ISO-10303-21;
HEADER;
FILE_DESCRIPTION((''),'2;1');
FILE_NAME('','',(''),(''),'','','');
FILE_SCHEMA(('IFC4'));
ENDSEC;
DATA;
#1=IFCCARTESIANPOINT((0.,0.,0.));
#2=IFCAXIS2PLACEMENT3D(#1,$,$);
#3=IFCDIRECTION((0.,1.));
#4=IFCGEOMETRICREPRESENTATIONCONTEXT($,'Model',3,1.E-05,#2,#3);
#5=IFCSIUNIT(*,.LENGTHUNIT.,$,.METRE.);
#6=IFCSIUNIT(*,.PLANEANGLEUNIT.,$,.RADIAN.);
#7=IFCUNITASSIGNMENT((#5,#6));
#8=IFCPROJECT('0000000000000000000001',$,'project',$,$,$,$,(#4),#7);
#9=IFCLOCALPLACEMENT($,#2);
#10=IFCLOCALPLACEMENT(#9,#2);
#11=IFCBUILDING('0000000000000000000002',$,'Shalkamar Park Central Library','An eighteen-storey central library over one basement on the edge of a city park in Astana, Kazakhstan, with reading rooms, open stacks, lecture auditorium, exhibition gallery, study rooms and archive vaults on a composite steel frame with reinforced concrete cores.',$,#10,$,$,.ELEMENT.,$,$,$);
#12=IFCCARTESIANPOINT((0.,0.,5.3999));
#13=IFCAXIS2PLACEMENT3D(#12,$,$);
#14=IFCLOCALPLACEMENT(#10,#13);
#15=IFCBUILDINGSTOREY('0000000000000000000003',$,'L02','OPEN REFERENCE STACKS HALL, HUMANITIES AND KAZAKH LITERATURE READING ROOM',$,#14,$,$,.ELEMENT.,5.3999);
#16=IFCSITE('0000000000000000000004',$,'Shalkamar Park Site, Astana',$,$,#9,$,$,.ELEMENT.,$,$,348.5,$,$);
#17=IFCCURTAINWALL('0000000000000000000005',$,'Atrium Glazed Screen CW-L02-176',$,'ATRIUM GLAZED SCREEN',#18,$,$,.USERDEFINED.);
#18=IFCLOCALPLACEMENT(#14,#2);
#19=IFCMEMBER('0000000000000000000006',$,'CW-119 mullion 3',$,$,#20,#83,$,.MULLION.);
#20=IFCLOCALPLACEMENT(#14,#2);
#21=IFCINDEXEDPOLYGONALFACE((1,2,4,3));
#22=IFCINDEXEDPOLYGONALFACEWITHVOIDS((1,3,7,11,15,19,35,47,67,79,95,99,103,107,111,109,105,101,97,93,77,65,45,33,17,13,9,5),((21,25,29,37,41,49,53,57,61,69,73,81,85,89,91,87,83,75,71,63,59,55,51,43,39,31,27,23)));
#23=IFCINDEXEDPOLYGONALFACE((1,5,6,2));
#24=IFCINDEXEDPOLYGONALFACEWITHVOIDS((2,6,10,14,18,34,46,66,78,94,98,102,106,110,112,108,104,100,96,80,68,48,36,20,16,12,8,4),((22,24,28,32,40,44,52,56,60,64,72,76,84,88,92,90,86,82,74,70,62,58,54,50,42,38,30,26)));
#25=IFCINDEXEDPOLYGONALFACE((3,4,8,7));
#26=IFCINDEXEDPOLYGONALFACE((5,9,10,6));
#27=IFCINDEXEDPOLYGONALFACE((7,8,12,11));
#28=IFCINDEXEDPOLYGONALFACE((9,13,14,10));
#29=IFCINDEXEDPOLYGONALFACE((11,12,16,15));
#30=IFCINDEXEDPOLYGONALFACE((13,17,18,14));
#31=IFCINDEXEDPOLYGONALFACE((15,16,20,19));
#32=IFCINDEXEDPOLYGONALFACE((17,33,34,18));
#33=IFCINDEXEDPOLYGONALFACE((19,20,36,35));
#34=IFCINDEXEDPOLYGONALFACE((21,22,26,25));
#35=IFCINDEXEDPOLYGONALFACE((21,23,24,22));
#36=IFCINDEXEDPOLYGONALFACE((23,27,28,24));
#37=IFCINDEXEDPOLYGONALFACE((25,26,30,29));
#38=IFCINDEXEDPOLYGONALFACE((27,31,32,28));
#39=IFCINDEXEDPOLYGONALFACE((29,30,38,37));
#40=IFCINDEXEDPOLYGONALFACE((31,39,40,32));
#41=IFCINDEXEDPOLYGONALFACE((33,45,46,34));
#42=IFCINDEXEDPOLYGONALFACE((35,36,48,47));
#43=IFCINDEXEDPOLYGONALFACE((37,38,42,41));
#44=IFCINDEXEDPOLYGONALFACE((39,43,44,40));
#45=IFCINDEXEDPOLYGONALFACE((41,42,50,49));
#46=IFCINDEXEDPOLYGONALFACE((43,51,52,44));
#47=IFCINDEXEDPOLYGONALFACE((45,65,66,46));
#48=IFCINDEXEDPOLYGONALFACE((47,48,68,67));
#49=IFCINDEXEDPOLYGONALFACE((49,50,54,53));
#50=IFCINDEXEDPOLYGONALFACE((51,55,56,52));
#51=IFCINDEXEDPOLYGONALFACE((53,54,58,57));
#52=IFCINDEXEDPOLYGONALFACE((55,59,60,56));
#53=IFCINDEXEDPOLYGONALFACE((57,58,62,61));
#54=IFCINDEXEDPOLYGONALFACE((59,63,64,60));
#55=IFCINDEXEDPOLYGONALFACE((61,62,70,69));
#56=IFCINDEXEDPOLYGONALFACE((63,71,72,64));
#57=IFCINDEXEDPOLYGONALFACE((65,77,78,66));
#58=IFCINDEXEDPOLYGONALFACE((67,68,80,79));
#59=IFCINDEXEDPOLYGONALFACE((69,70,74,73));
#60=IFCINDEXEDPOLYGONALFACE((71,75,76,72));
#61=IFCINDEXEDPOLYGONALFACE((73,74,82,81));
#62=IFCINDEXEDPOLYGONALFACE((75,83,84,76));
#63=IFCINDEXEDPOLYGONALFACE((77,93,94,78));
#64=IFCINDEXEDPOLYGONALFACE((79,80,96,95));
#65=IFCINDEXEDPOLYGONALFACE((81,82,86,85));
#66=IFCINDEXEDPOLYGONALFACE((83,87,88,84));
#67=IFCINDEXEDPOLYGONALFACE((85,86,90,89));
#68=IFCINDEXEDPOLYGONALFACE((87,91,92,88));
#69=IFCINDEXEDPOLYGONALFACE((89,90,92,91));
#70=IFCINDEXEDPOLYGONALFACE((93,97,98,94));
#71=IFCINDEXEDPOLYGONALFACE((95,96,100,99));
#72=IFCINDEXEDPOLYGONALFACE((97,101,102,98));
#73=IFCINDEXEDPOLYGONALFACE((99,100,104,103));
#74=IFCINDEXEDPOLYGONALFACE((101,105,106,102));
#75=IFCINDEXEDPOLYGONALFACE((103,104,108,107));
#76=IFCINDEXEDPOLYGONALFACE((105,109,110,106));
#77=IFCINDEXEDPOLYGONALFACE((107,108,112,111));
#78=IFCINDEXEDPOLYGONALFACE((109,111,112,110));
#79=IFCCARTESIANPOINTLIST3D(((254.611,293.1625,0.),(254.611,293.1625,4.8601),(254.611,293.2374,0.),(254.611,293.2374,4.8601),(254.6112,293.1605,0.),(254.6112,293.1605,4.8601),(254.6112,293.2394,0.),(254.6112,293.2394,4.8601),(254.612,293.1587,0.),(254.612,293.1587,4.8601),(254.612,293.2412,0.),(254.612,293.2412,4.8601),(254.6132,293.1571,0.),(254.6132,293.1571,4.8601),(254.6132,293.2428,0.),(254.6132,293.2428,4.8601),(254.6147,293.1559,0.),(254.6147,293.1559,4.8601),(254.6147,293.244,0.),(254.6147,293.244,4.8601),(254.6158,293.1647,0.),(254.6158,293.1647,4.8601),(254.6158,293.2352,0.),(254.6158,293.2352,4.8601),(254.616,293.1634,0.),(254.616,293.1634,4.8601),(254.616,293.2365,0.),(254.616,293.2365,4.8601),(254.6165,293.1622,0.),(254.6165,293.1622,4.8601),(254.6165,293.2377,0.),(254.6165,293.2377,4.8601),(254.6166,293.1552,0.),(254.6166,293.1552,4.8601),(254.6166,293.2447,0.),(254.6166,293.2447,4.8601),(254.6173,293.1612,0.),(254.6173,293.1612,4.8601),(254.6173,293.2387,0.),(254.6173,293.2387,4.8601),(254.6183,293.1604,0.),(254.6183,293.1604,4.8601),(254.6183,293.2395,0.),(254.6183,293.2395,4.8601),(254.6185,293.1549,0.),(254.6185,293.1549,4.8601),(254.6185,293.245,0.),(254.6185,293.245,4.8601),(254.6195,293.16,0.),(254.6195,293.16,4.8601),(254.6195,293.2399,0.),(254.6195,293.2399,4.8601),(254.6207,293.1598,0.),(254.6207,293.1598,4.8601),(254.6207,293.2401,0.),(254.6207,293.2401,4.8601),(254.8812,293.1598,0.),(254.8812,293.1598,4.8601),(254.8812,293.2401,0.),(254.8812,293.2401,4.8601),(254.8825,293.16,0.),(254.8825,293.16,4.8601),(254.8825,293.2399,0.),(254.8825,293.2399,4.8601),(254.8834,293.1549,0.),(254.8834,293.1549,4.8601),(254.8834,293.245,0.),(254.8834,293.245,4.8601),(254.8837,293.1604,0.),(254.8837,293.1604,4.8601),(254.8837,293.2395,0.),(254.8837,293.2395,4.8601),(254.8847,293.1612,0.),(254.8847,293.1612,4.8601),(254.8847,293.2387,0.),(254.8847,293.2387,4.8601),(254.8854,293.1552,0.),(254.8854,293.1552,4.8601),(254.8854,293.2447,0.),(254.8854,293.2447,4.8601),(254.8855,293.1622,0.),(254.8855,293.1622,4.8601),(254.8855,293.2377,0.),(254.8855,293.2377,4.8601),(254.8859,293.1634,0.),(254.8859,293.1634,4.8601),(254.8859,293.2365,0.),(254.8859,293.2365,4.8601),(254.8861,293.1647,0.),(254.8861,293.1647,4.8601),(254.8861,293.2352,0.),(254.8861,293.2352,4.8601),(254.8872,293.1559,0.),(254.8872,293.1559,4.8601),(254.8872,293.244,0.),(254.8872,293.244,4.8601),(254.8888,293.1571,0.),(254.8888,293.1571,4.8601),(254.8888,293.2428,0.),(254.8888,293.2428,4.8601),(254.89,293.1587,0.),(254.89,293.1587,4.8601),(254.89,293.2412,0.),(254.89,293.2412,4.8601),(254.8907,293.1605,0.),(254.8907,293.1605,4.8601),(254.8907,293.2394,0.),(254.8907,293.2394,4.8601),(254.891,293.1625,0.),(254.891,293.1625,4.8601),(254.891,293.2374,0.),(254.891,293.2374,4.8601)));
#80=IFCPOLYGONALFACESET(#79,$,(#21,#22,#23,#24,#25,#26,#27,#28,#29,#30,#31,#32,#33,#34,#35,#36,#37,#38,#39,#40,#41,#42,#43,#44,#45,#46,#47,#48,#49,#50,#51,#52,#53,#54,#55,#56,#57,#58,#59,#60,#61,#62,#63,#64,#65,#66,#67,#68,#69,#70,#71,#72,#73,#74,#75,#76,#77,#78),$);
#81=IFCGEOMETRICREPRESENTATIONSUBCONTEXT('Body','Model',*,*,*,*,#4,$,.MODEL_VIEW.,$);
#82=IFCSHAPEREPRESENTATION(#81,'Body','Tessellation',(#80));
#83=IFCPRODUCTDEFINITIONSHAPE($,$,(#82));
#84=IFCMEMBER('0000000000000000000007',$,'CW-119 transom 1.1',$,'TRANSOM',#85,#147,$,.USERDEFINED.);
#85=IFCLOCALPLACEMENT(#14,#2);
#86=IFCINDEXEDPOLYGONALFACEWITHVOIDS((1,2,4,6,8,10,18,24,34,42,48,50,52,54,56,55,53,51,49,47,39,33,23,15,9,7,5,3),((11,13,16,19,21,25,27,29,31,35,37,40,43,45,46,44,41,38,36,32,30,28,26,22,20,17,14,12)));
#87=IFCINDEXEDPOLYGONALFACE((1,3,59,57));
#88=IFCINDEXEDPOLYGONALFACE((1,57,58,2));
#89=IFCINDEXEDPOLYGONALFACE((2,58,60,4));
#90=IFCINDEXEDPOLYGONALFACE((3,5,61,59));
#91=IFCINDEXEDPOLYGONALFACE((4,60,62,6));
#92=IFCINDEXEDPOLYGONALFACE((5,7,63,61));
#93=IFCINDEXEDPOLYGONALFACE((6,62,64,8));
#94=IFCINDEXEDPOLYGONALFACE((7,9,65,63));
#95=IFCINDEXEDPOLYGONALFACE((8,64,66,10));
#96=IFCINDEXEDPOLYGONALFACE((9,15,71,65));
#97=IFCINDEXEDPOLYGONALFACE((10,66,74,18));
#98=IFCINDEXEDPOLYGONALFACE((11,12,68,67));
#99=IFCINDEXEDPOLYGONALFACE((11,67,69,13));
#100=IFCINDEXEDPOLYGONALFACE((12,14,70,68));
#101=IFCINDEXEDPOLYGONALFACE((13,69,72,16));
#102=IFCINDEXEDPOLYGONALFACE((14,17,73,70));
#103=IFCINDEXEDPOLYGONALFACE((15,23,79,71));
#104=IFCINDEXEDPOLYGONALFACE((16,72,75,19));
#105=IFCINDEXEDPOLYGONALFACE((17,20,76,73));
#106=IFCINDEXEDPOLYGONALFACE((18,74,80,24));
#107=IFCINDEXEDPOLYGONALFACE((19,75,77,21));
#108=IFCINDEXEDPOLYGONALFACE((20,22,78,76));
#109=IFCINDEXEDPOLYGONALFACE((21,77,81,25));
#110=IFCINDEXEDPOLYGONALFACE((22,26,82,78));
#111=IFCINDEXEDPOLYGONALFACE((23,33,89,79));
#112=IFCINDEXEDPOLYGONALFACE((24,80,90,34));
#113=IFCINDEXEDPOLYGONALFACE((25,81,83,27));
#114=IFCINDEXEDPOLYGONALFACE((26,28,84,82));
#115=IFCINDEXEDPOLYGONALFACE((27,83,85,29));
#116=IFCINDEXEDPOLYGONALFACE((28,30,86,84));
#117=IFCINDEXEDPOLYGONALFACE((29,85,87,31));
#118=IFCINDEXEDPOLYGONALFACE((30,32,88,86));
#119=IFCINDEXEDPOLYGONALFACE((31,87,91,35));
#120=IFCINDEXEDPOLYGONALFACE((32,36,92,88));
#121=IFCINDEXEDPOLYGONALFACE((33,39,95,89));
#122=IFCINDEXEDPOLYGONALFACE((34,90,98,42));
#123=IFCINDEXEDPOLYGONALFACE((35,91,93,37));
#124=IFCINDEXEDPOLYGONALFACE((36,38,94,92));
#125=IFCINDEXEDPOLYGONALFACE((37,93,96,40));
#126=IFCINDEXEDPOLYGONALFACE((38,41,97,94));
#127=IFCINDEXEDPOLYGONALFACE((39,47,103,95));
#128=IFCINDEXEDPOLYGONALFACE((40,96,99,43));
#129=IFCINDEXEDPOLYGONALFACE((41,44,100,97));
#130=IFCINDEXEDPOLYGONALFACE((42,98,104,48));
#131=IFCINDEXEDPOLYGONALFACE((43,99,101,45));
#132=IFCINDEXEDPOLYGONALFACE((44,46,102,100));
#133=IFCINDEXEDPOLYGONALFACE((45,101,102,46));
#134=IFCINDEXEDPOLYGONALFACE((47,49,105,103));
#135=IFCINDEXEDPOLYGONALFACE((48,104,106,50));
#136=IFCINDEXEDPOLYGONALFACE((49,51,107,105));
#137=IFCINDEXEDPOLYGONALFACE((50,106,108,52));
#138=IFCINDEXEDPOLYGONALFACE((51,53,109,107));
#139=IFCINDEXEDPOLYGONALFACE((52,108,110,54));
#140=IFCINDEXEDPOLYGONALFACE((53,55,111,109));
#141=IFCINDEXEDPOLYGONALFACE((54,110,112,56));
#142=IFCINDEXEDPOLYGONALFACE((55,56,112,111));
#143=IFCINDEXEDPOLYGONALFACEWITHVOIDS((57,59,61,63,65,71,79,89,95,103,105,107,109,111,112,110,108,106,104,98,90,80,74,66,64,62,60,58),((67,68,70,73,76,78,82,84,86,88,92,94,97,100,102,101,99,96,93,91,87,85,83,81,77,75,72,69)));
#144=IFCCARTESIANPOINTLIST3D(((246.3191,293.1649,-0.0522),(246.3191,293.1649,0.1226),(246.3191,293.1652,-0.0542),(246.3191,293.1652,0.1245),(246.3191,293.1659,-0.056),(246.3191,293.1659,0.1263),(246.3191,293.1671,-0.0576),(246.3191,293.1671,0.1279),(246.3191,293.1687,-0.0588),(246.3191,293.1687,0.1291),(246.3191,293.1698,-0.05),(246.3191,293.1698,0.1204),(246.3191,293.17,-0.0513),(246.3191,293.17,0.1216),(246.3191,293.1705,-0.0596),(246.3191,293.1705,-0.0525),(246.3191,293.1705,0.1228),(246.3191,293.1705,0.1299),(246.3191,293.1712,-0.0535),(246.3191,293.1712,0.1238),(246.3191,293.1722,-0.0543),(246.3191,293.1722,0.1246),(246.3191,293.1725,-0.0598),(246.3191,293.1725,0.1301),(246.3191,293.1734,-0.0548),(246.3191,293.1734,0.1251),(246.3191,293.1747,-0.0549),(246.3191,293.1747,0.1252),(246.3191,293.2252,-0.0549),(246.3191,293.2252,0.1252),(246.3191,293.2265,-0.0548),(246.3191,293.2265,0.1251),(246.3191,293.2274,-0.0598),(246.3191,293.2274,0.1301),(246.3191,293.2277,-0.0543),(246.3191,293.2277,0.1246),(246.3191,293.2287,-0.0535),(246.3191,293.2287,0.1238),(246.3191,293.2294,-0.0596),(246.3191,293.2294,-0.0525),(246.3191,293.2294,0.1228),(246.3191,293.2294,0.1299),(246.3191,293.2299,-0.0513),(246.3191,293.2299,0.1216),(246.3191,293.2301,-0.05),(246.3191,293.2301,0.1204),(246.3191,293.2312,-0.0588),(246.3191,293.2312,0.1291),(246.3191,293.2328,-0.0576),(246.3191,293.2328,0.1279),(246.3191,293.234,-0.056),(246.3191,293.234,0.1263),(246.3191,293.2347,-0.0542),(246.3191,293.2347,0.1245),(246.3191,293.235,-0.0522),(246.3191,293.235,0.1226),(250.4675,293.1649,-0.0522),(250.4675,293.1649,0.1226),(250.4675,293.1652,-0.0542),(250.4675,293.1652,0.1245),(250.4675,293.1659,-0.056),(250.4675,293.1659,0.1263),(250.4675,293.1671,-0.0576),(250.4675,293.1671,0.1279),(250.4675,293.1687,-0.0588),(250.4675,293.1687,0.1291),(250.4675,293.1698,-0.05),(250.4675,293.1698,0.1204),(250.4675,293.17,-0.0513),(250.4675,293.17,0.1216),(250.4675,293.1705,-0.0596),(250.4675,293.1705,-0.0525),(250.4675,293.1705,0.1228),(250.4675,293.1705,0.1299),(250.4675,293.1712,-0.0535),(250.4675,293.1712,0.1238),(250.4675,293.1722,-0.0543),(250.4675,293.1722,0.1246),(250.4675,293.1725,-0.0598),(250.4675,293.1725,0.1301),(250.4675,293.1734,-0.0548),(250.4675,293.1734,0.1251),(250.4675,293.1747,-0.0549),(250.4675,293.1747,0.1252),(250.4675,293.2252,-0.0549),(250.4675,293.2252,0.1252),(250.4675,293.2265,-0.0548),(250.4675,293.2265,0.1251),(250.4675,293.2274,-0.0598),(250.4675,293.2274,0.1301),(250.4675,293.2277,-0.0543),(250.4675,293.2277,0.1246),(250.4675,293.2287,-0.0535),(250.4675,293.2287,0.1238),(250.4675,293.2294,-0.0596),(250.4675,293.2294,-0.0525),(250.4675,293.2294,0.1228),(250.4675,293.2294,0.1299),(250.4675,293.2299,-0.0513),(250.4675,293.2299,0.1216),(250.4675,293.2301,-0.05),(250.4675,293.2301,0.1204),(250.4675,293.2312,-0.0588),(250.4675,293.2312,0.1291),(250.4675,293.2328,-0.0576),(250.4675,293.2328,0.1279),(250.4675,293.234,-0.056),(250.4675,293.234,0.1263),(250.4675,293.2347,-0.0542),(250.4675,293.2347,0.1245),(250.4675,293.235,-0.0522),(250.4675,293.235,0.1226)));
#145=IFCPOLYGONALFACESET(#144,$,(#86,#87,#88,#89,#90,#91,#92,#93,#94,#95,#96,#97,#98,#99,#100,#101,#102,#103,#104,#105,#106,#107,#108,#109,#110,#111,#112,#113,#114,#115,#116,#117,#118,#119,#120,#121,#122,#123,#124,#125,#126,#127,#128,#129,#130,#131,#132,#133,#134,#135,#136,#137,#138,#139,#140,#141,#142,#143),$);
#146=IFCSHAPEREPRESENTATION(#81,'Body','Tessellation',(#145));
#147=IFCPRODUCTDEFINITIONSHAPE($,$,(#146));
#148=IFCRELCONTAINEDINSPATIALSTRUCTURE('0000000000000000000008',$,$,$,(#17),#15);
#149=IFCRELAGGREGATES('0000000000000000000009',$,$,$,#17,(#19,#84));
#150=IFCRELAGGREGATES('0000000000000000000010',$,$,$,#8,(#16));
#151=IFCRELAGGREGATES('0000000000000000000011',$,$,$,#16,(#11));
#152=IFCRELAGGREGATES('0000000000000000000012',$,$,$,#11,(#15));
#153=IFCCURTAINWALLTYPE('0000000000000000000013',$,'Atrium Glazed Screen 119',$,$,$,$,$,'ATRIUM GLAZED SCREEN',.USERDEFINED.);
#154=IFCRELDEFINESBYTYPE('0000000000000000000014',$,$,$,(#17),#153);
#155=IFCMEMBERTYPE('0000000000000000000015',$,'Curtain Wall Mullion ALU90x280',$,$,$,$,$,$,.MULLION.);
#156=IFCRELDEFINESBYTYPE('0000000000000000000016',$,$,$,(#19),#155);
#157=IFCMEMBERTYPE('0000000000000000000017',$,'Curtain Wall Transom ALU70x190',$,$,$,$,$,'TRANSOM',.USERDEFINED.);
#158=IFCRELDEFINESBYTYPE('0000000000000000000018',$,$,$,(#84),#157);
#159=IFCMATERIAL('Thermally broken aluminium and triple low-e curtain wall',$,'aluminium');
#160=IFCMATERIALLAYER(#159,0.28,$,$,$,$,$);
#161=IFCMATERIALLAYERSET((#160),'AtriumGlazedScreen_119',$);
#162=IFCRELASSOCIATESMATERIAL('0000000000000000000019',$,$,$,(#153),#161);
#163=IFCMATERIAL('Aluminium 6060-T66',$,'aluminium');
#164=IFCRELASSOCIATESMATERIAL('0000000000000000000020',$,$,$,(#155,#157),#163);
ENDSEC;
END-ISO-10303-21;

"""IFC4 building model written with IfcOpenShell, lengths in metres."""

from ifc_helpers import new_model, si_unit, direction, frame, origin, origin_2d, place, context, subcontext, project, spatial, hollow_rectangle, extrude, material, layer, layer_set, material_profile, profile_set, type_object, element, aggregate, save


model = new_model("IFC4")

# Units and contexts
model_context = context("Model", 3, precision=1e-05, world=origin(), true_north=direction((0.0, 1.0)))
body_context = subcontext(model_context, "Body", "Model", "MODEL_VIEW")
ifc_project = project(units=[si_unit("LENGTHUNIT", "METRE"), si_unit("PLANEANGLEUNIT", "RADIAN")], contexts=[model_context])

# Site, building, storey
site_placement = place(None, origin())
site = spatial("IfcSite", under=ifc_project, at=site_placement, Name="Shalkamar Park Site, Astana", CompositionType="ELEMENT", RefElevation=348.5)
building_placement = place(site_placement, origin())
building = spatial("IfcBuilding", under=site, at=building_placement, Name="Shalkamar Park Central Library", Description="An eighteen-storey central library over one basement on the edge of a city park in Astana, Kazakhstan, with reading rooms, open stacks, lecture auditorium, exhibition gallery, study rooms and archive vaults on a composite steel frame with reinforced concrete cores.", CompositionType="ELEMENT")
storey_placement = place(building_placement, frame((0.0, 0.0, 5.3999)))
storey = spatial("IfcBuildingStorey", under=building, at=storey_placement, Name="L02", Description="OPEN REFERENCE STACKS HALL, HUMANITIES AND KAZAKH LITERATURE READING ROOM", CompositionType="ELEMENT", Elevation=5.3999)

# Curtain wall, members
ifc_material_1 = material(Name="Thermally broken aluminium and triple low-e curtain wall", Category="aluminium")
ifc_layer_1 = layer(ifc_material_1, 0.28)
ifc_layer_set_1 = layer_set([ifc_layer_1], Name="AtriumGlazedScreen_119")
curtain_wall_type = type_object("IfcCurtainWallType", Name="Atrium Glazed Screen 119", ElementType="ATRIUM GLAZED SCREEN", PredefinedType="USERDEFINED", material=ifc_layer_set_1)
curtain_wall_placement = place(storey_placement, origin())
curtain_wall = element("IfcCurtainWall", 1, at=curtain_wall_placement, inside=storey, type_object=curtain_wall_type, Name="Atrium Glazed Screen CW-L02-176", ObjectType="ATRIUM GLAZED SCREEN", PredefinedType="USERDEFINED")
ifc_material_2 = material(Name="Aluminium 6060-T66", Category="aluminium")
ifc_material_profile_1 = material_profile(ifc_material_2, hollow_rectangle(XDim=0.0901, YDim=0.28, WallThickness=0.0049, InnerFilletRadius=0.0049, OuterFilletRadius=0.0076, at=origin_2d()), Name="ALU 90x280x5")
ifc_profile_set_1 = profile_set([ifc_material_profile_1], Name="Aluminium 6060-T66")
member_type_1 = type_object("IfcMemberType", Name="Curtain Wall Mullion ALU90x280", PredefinedType="MULLION", material=ifc_profile_set_1)
member_1_placement = place(storey_placement, frame((254.751, 293.2, 0.0), z_axis=(0.0, 0.0, 1.0), x_axis=(0.0, 1.0, 0.0)))
member_1 = element("IfcMember", 2, at=member_1_placement, type_object=member_type_1, Name="CW-119 mullion 3", PredefinedType="MULLION", context=body_context, shape_type="SweptSolid", body=[
    extrude(hollow_rectangle(XDim=0.0901, YDim=0.28, WallThickness=0.0049, InnerFilletRadius=0.0049, OuterFilletRadius=0.0076, at=origin_2d()), origin(), (0.0, 0.0, 1.0), 4.8601),
])
ifc_material_profile_2 = material_profile(ifc_material_2, hollow_rectangle(XDim=0.0701, YDim=0.1899, WallThickness=0.0049, InnerFilletRadius=0.0049, OuterFilletRadius=0.0076, at=origin_2d()), Name="ALU 70x190x5")
ifc_profile_set_2 = profile_set([ifc_material_profile_2], Name="Aluminium 6060-T66")
member_type_2 = type_object("IfcMemberType", Name="Curtain Wall Transom ALU70x190", ElementType="TRANSOM", PredefinedType="USERDEFINED", material=ifc_profile_set_2)
member_2_placement = place(storey_placement, frame((246.3191, 293.2, 0.0352), z_axis=(1.0, 0.0, 0.0), x_axis=(0.0, 1.0, 0.0)))
member_2 = element("IfcMember", 3, at=member_2_placement, type_object=member_type_2, Name="CW-119 transom 1.1", ObjectType="TRANSOM", PredefinedType="USERDEFINED", context=body_context, shape_type="SweptSolid", body=[
    extrude(hollow_rectangle(XDim=0.0701, YDim=0.1899, WallThickness=0.0049, InnerFilletRadius=0.0049, OuterFilletRadius=0.0076, at=origin_2d()), origin(), (0.0, 0.0, 1.0), 4.1484),
])

aggregate(curtain_wall, [member_1, member_2])

save(model, "model.ifc")
